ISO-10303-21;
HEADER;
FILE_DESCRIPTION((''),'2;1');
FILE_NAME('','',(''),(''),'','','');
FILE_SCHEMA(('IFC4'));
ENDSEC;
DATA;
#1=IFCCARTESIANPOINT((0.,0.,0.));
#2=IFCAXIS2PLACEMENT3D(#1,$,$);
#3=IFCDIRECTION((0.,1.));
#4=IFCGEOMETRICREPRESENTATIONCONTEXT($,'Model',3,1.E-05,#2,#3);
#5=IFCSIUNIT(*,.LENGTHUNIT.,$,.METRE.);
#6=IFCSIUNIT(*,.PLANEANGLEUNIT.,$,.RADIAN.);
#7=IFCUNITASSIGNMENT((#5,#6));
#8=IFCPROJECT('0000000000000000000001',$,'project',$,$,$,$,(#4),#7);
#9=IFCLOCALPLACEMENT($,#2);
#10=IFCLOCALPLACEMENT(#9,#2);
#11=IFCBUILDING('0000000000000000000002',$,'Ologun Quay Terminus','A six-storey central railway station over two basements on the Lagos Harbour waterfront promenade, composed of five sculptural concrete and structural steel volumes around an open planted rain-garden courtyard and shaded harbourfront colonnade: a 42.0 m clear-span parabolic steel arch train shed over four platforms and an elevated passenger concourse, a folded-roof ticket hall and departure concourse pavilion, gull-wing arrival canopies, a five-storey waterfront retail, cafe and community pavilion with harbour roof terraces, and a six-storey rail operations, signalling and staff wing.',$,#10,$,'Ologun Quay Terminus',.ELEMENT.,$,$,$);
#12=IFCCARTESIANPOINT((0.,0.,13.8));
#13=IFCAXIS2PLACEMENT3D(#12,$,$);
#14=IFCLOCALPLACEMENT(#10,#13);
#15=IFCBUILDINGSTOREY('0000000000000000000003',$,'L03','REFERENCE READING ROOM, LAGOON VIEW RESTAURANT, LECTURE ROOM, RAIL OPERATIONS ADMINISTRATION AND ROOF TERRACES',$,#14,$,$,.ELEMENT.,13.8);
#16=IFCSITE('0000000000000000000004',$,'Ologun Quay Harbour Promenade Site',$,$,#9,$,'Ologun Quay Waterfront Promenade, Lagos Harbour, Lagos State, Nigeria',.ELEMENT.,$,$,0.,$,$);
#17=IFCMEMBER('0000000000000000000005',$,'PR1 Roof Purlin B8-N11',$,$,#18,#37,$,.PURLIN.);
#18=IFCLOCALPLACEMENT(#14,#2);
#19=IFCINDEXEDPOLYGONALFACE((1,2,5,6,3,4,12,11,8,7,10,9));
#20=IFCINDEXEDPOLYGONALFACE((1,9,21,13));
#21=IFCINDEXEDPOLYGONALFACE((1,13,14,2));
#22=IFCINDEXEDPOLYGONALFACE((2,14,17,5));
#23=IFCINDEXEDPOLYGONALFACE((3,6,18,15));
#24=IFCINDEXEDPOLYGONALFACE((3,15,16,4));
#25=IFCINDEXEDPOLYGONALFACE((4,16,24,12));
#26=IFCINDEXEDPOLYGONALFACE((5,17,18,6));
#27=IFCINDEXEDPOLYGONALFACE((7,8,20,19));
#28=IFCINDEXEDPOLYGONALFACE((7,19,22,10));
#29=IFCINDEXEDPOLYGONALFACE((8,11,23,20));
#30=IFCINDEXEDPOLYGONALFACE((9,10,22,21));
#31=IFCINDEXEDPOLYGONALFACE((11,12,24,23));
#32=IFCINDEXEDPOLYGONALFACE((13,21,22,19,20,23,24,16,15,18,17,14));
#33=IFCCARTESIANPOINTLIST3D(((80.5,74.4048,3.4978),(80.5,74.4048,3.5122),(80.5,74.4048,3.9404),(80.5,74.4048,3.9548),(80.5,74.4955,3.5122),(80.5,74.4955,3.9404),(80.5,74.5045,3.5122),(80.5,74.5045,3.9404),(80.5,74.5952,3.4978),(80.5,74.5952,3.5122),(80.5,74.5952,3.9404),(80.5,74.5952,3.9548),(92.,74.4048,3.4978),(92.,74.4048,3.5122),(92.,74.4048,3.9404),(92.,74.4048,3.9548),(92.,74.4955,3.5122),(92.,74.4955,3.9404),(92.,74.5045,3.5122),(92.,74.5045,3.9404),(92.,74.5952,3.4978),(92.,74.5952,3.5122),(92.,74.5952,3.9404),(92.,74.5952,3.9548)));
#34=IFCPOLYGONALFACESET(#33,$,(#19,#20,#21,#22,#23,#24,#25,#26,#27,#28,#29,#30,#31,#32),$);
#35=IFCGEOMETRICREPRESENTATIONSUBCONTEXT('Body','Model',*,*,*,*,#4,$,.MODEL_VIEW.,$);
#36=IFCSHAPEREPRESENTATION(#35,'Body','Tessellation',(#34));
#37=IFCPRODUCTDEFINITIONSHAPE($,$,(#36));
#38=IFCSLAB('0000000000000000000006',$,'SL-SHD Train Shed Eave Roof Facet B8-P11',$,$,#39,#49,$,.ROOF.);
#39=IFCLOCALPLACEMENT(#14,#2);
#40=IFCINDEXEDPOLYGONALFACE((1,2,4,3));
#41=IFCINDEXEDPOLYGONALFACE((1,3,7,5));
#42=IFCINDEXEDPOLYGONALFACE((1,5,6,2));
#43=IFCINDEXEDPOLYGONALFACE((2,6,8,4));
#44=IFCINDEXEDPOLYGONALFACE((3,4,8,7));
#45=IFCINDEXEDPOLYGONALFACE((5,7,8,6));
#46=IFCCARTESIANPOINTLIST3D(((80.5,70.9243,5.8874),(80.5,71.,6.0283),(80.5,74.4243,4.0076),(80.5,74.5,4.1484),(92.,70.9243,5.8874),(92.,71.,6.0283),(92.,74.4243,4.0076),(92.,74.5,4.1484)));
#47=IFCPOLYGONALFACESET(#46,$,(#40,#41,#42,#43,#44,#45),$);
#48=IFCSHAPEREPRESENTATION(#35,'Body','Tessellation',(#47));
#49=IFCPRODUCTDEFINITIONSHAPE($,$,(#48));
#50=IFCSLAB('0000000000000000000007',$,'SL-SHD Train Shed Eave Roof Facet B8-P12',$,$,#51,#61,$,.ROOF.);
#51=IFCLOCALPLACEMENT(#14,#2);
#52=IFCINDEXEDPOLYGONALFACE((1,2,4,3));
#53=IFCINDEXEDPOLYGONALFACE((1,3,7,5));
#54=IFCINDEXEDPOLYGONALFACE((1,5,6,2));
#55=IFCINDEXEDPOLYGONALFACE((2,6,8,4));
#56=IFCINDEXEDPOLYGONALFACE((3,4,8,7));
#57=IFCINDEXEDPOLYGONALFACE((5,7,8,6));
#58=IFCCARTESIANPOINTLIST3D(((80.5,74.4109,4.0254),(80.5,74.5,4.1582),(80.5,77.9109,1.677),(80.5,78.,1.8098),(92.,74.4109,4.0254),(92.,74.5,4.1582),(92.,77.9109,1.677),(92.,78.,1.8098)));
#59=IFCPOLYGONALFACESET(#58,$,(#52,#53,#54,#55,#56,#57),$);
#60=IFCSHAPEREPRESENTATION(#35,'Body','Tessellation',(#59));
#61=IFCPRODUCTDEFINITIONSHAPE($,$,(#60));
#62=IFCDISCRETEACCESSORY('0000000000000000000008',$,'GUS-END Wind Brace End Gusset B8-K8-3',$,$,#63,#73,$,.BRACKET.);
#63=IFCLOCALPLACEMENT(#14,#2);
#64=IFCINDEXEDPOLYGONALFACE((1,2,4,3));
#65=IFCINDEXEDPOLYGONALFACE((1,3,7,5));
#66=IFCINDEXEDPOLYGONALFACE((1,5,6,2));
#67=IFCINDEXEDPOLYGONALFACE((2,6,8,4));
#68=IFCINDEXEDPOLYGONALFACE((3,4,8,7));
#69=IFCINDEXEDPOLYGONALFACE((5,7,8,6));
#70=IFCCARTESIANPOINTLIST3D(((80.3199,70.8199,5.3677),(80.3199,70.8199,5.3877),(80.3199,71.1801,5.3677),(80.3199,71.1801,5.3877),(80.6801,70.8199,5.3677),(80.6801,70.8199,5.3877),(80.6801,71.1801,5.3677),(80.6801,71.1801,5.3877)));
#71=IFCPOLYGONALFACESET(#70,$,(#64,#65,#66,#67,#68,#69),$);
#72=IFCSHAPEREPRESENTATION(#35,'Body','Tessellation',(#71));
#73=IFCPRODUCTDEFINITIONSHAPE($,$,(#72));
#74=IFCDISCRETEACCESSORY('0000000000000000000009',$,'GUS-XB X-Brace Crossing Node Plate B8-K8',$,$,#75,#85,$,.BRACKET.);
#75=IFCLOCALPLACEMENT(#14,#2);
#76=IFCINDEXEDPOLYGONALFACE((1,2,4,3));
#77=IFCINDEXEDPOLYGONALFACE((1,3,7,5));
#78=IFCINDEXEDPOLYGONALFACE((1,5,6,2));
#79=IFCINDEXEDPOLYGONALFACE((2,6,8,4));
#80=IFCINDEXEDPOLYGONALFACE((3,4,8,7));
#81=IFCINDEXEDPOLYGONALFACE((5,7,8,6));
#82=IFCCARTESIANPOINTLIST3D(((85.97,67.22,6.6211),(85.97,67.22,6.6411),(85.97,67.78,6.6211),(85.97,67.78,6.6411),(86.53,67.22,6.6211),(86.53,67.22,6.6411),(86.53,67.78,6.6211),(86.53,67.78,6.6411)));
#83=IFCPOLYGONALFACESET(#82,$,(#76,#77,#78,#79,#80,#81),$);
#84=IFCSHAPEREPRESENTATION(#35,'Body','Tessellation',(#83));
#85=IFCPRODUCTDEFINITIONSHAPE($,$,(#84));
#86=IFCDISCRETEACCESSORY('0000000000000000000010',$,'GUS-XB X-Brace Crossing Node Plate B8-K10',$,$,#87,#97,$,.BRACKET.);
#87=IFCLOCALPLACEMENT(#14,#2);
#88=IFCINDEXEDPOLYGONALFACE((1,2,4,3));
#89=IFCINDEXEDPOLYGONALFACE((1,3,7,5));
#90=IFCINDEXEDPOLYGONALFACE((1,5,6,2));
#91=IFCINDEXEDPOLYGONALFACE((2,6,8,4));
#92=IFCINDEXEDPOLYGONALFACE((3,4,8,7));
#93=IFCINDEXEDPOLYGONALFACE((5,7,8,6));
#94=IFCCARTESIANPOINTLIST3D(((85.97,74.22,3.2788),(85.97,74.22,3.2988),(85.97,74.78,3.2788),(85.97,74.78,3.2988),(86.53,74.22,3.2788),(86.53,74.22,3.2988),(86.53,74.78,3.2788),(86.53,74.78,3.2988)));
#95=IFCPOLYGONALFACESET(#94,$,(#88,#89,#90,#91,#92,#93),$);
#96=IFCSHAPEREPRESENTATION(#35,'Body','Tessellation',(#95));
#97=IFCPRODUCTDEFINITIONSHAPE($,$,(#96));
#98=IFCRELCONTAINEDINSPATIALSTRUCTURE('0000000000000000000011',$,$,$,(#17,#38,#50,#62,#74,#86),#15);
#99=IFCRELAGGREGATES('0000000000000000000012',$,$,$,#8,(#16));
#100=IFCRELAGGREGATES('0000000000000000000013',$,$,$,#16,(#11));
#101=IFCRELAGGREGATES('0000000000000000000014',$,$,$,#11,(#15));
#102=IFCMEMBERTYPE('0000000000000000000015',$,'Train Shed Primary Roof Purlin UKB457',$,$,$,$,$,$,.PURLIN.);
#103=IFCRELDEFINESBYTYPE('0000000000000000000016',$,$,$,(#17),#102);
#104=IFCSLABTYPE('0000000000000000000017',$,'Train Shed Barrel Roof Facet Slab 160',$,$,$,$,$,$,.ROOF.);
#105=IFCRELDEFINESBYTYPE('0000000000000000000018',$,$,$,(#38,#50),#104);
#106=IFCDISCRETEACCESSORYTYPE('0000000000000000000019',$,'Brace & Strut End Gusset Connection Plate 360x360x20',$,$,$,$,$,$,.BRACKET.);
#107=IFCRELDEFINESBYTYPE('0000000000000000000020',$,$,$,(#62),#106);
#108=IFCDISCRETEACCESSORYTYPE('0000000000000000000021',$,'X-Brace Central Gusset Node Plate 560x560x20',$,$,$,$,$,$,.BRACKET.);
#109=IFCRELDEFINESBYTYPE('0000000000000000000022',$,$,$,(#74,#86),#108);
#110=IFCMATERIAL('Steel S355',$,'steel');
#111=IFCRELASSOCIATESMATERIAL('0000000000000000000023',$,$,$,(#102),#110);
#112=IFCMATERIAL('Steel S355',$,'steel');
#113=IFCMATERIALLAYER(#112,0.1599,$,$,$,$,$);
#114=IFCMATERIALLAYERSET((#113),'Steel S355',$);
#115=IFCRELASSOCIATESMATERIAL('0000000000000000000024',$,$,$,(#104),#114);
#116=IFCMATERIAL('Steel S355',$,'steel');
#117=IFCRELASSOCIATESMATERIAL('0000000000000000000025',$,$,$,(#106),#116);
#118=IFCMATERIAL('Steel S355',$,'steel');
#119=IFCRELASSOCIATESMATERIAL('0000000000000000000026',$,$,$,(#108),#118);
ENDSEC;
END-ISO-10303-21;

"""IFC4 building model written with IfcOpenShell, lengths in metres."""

from ifc_helpers import new_model, si_unit, direction, frame, origin, origin_2d, place, context, subcontext, project, spatial, polyline, rectangle, i_section, outline, extrude, material, layer, layer_set, material_profile, profile_set, type_object, element, save


model = new_model("IFC4")

# Units and contexts
model_context = context("Model", 3, precision=1e-05, world=origin(), true_north=direction((0.0, 1.0)))
body_context = subcontext(model_context, "Body", "Model", "MODEL_VIEW")
ifc_project = project(units=[si_unit("LENGTHUNIT", "METRE"), si_unit("PLANEANGLEUNIT", "RADIAN")], contexts=[model_context])

# Site, building, storey
site_placement = place(None, origin())
site = spatial("IfcSite", under=ifc_project, at=site_placement, Name="Ologun Quay Harbour Promenade Site", LongName="Ologun Quay Waterfront Promenade, Lagos Harbour, Lagos State, Nigeria", CompositionType="ELEMENT", RefElevation=0.0)
building_placement = place(site_placement, origin())
building = spatial("IfcBuilding", under=site, at=building_placement, Name="Ologun Quay Terminus", Description="A six-storey central railway station over two basements on the Lagos Harbour waterfront promenade, composed of five sculptural concrete and structural steel volumes around an open planted rain-garden courtyard and shaded harbourfront colonnade: a 42.0 m clear-span parabolic steel arch train shed over four platforms and an elevated passenger concourse, a folded-roof ticket hall and departure concourse pavilion, gull-wing arrival canopies, a five-storey waterfront retail, cafe and community pavilion with harbour roof terraces, and a six-storey rail operations, signalling and staff wing.", LongName="Ologun Quay Terminus", CompositionType="ELEMENT")
storey_placement = place(building_placement, frame((0.0, 0.0, 13.8)))
storey = spatial("IfcBuildingStorey", under=building, at=storey_placement, Name="L03", Description="REFERENCE READING ROOM, LAGOON VIEW RESTAURANT, LECTURE ROOM, RAIL OPERATIONS ADMINISTRATION AND ROOF TERRACES", CompositionType="ELEMENT", Elevation=13.8)

# Member
ifc_material_1 = material(Name="Steel S355", Category="steel")
ifc_material_profile_1 = material_profile(ifc_material_1, i_section(OverallWidth=0.1904, OverallDepth=0.457, WebThickness=0.009, FlangeThickness=0.0144, at=origin_2d()), Name="UKB 457x191x74")
ifc_profile_set_1 = profile_set([ifc_material_profile_1], Name="Steel S355")
member_type_1 = type_object("IfcMemberType", Name="Train Shed Primary Roof Purlin UKB457", PredefinedType="PURLIN", material=ifc_profile_set_1)
for number, where, z_axis, x_axis, name in (
    (1, (80.5, 74.5, 3.7263), (1.0, 0.0, 0.0), (0.0, 1.0, 0.0), "PR1 Roof Purlin B8-N11"),
):
    element("IfcMember", number, at=place(storey_placement, frame(where, z_axis=z_axis, x_axis=x_axis)), inside=storey, type_object=member_type_1, Name=name, PredefinedType="PURLIN", context=body_context, shape_type="SweptSolid", body=[
        extrude(i_section(OverallWidth=0.1904, OverallDepth=0.457, WebThickness=0.009, FlangeThickness=0.0144, at=origin_2d()), origin(), (0.0, 0.0, 1.0), 11.5),
    ])

# Slabs
ifc_material_2 = material(Name="Steel S355", Category="steel")
ifc_layer = layer(ifc_material_2, 0.1599)
ifc_layer_set = layer_set([ifc_layer], Name="Steel S355")
slab_type = type_object("IfcSlabType", Name="Train Shed Barrel Roof Facet Slab 160", PredefinedType="ROOF", material=ifc_layer_set)
slab_1_placement = place(storey_placement, frame((80.5, 71.0, 6.0283), z_axis=(0.0, 0.473176, 0.880968), x_axis=(1.0, 0.0, 0.0)))
element("IfcSlab", 2, at=slab_1_placement, inside=storey, type_object=slab_type, Name="SL-SHD Train Shed Eave Roof Facet B8-P11", PredefinedType="ROOF", context=body_context, shape_type="SweptSolid", body=[
    extrude(outline(polyline([(0.0, 0.0), (11.5, 0.0), (11.5, 3.9729), (0.0, 3.9729), (0.0, 0.0)])), origin(), (0.0, 0.0, -1.0), 0.1599),
])
slab_2_placement = place(storey_placement, frame((80.5, 74.5, 4.1582), z_axis=(0.0, 0.557171, 0.830398), x_axis=(1.0, 0.0, 0.0)))
element("IfcSlab", 3, at=slab_2_placement, inside=storey, type_object=slab_type, Name="SL-SHD Train Shed Eave Roof Facet B8-P12", PredefinedType="ROOF", context=body_context, shape_type="SweptSolid", body=[
    extrude(outline(polyline([(0.0, 0.0), (11.5, 0.0), (11.5, 4.2148), (0.0, 4.2148), (0.0, 0.0)])), origin(), (0.0, 0.0, -1.0), 0.1599),
])

# Discrete accessories
ifc_material_3 = material(Name="Steel S355", Category="steel")
discrete_accessory_type_1 = type_object("IfcDiscreteAccessoryType", Name="Brace & Strut End Gusset Connection Plate 360x360x20", PredefinedType="BRACKET", material=ifc_material_3)
discrete_accessory_placement = place(storey_placement, frame((80.5, 71.0, 5.3677), z_axis=(0.0, 0.0, 1.0), x_axis=(1.0, 0.0, 0.0)))
element("IfcDiscreteAccessory", 4, at=discrete_accessory_placement, inside=storey, type_object=discrete_accessory_type_1, Name="GUS-END Wind Brace End Gusset B8-K8-3", PredefinedType="BRACKET", context=body_context, shape_type="SweptSolid", body=[
    extrude(rectangle(XDim=0.3601, YDim=0.3601, at=origin_2d()), origin(), (0.0, 0.0, 1.0), 0.02),
])
ifc_material_4 = material(Name="Steel S355", Category="steel")
discrete_accessory_type_2 = type_object("IfcDiscreteAccessoryType", Name="X-Brace Central Gusset Node Plate 560x560x20", PredefinedType="BRACKET", material=ifc_material_4)
for number, where, z_axis, x_axis, name in (
    (5, (86.25, 67.5, 6.6211), (0.0, 0.0, 1.0), (1.0, 0.0, 0.0), "GUS-XB X-Brace Crossing Node Plate B8-K8"),
    (6, (86.25, 74.5, 3.2788), (0.0, 0.0, 1.0), (1.0, 0.0, 0.0), "GUS-XB X-Brace Crossing Node Plate B8-K10"),
):
    element("IfcDiscreteAccessory", number, at=place(storey_placement, frame(where, z_axis=z_axis, x_axis=x_axis)), inside=storey, type_object=discrete_accessory_type_2, Name=name, PredefinedType="BRACKET", context=body_context, shape_type="SweptSolid", body=[
        extrude(rectangle(XDim=0.5601, YDim=0.5601, at=origin_2d()), origin(), (0.0, 0.0, 1.0), 0.02),
    ])

save(model, "model.ifc")
